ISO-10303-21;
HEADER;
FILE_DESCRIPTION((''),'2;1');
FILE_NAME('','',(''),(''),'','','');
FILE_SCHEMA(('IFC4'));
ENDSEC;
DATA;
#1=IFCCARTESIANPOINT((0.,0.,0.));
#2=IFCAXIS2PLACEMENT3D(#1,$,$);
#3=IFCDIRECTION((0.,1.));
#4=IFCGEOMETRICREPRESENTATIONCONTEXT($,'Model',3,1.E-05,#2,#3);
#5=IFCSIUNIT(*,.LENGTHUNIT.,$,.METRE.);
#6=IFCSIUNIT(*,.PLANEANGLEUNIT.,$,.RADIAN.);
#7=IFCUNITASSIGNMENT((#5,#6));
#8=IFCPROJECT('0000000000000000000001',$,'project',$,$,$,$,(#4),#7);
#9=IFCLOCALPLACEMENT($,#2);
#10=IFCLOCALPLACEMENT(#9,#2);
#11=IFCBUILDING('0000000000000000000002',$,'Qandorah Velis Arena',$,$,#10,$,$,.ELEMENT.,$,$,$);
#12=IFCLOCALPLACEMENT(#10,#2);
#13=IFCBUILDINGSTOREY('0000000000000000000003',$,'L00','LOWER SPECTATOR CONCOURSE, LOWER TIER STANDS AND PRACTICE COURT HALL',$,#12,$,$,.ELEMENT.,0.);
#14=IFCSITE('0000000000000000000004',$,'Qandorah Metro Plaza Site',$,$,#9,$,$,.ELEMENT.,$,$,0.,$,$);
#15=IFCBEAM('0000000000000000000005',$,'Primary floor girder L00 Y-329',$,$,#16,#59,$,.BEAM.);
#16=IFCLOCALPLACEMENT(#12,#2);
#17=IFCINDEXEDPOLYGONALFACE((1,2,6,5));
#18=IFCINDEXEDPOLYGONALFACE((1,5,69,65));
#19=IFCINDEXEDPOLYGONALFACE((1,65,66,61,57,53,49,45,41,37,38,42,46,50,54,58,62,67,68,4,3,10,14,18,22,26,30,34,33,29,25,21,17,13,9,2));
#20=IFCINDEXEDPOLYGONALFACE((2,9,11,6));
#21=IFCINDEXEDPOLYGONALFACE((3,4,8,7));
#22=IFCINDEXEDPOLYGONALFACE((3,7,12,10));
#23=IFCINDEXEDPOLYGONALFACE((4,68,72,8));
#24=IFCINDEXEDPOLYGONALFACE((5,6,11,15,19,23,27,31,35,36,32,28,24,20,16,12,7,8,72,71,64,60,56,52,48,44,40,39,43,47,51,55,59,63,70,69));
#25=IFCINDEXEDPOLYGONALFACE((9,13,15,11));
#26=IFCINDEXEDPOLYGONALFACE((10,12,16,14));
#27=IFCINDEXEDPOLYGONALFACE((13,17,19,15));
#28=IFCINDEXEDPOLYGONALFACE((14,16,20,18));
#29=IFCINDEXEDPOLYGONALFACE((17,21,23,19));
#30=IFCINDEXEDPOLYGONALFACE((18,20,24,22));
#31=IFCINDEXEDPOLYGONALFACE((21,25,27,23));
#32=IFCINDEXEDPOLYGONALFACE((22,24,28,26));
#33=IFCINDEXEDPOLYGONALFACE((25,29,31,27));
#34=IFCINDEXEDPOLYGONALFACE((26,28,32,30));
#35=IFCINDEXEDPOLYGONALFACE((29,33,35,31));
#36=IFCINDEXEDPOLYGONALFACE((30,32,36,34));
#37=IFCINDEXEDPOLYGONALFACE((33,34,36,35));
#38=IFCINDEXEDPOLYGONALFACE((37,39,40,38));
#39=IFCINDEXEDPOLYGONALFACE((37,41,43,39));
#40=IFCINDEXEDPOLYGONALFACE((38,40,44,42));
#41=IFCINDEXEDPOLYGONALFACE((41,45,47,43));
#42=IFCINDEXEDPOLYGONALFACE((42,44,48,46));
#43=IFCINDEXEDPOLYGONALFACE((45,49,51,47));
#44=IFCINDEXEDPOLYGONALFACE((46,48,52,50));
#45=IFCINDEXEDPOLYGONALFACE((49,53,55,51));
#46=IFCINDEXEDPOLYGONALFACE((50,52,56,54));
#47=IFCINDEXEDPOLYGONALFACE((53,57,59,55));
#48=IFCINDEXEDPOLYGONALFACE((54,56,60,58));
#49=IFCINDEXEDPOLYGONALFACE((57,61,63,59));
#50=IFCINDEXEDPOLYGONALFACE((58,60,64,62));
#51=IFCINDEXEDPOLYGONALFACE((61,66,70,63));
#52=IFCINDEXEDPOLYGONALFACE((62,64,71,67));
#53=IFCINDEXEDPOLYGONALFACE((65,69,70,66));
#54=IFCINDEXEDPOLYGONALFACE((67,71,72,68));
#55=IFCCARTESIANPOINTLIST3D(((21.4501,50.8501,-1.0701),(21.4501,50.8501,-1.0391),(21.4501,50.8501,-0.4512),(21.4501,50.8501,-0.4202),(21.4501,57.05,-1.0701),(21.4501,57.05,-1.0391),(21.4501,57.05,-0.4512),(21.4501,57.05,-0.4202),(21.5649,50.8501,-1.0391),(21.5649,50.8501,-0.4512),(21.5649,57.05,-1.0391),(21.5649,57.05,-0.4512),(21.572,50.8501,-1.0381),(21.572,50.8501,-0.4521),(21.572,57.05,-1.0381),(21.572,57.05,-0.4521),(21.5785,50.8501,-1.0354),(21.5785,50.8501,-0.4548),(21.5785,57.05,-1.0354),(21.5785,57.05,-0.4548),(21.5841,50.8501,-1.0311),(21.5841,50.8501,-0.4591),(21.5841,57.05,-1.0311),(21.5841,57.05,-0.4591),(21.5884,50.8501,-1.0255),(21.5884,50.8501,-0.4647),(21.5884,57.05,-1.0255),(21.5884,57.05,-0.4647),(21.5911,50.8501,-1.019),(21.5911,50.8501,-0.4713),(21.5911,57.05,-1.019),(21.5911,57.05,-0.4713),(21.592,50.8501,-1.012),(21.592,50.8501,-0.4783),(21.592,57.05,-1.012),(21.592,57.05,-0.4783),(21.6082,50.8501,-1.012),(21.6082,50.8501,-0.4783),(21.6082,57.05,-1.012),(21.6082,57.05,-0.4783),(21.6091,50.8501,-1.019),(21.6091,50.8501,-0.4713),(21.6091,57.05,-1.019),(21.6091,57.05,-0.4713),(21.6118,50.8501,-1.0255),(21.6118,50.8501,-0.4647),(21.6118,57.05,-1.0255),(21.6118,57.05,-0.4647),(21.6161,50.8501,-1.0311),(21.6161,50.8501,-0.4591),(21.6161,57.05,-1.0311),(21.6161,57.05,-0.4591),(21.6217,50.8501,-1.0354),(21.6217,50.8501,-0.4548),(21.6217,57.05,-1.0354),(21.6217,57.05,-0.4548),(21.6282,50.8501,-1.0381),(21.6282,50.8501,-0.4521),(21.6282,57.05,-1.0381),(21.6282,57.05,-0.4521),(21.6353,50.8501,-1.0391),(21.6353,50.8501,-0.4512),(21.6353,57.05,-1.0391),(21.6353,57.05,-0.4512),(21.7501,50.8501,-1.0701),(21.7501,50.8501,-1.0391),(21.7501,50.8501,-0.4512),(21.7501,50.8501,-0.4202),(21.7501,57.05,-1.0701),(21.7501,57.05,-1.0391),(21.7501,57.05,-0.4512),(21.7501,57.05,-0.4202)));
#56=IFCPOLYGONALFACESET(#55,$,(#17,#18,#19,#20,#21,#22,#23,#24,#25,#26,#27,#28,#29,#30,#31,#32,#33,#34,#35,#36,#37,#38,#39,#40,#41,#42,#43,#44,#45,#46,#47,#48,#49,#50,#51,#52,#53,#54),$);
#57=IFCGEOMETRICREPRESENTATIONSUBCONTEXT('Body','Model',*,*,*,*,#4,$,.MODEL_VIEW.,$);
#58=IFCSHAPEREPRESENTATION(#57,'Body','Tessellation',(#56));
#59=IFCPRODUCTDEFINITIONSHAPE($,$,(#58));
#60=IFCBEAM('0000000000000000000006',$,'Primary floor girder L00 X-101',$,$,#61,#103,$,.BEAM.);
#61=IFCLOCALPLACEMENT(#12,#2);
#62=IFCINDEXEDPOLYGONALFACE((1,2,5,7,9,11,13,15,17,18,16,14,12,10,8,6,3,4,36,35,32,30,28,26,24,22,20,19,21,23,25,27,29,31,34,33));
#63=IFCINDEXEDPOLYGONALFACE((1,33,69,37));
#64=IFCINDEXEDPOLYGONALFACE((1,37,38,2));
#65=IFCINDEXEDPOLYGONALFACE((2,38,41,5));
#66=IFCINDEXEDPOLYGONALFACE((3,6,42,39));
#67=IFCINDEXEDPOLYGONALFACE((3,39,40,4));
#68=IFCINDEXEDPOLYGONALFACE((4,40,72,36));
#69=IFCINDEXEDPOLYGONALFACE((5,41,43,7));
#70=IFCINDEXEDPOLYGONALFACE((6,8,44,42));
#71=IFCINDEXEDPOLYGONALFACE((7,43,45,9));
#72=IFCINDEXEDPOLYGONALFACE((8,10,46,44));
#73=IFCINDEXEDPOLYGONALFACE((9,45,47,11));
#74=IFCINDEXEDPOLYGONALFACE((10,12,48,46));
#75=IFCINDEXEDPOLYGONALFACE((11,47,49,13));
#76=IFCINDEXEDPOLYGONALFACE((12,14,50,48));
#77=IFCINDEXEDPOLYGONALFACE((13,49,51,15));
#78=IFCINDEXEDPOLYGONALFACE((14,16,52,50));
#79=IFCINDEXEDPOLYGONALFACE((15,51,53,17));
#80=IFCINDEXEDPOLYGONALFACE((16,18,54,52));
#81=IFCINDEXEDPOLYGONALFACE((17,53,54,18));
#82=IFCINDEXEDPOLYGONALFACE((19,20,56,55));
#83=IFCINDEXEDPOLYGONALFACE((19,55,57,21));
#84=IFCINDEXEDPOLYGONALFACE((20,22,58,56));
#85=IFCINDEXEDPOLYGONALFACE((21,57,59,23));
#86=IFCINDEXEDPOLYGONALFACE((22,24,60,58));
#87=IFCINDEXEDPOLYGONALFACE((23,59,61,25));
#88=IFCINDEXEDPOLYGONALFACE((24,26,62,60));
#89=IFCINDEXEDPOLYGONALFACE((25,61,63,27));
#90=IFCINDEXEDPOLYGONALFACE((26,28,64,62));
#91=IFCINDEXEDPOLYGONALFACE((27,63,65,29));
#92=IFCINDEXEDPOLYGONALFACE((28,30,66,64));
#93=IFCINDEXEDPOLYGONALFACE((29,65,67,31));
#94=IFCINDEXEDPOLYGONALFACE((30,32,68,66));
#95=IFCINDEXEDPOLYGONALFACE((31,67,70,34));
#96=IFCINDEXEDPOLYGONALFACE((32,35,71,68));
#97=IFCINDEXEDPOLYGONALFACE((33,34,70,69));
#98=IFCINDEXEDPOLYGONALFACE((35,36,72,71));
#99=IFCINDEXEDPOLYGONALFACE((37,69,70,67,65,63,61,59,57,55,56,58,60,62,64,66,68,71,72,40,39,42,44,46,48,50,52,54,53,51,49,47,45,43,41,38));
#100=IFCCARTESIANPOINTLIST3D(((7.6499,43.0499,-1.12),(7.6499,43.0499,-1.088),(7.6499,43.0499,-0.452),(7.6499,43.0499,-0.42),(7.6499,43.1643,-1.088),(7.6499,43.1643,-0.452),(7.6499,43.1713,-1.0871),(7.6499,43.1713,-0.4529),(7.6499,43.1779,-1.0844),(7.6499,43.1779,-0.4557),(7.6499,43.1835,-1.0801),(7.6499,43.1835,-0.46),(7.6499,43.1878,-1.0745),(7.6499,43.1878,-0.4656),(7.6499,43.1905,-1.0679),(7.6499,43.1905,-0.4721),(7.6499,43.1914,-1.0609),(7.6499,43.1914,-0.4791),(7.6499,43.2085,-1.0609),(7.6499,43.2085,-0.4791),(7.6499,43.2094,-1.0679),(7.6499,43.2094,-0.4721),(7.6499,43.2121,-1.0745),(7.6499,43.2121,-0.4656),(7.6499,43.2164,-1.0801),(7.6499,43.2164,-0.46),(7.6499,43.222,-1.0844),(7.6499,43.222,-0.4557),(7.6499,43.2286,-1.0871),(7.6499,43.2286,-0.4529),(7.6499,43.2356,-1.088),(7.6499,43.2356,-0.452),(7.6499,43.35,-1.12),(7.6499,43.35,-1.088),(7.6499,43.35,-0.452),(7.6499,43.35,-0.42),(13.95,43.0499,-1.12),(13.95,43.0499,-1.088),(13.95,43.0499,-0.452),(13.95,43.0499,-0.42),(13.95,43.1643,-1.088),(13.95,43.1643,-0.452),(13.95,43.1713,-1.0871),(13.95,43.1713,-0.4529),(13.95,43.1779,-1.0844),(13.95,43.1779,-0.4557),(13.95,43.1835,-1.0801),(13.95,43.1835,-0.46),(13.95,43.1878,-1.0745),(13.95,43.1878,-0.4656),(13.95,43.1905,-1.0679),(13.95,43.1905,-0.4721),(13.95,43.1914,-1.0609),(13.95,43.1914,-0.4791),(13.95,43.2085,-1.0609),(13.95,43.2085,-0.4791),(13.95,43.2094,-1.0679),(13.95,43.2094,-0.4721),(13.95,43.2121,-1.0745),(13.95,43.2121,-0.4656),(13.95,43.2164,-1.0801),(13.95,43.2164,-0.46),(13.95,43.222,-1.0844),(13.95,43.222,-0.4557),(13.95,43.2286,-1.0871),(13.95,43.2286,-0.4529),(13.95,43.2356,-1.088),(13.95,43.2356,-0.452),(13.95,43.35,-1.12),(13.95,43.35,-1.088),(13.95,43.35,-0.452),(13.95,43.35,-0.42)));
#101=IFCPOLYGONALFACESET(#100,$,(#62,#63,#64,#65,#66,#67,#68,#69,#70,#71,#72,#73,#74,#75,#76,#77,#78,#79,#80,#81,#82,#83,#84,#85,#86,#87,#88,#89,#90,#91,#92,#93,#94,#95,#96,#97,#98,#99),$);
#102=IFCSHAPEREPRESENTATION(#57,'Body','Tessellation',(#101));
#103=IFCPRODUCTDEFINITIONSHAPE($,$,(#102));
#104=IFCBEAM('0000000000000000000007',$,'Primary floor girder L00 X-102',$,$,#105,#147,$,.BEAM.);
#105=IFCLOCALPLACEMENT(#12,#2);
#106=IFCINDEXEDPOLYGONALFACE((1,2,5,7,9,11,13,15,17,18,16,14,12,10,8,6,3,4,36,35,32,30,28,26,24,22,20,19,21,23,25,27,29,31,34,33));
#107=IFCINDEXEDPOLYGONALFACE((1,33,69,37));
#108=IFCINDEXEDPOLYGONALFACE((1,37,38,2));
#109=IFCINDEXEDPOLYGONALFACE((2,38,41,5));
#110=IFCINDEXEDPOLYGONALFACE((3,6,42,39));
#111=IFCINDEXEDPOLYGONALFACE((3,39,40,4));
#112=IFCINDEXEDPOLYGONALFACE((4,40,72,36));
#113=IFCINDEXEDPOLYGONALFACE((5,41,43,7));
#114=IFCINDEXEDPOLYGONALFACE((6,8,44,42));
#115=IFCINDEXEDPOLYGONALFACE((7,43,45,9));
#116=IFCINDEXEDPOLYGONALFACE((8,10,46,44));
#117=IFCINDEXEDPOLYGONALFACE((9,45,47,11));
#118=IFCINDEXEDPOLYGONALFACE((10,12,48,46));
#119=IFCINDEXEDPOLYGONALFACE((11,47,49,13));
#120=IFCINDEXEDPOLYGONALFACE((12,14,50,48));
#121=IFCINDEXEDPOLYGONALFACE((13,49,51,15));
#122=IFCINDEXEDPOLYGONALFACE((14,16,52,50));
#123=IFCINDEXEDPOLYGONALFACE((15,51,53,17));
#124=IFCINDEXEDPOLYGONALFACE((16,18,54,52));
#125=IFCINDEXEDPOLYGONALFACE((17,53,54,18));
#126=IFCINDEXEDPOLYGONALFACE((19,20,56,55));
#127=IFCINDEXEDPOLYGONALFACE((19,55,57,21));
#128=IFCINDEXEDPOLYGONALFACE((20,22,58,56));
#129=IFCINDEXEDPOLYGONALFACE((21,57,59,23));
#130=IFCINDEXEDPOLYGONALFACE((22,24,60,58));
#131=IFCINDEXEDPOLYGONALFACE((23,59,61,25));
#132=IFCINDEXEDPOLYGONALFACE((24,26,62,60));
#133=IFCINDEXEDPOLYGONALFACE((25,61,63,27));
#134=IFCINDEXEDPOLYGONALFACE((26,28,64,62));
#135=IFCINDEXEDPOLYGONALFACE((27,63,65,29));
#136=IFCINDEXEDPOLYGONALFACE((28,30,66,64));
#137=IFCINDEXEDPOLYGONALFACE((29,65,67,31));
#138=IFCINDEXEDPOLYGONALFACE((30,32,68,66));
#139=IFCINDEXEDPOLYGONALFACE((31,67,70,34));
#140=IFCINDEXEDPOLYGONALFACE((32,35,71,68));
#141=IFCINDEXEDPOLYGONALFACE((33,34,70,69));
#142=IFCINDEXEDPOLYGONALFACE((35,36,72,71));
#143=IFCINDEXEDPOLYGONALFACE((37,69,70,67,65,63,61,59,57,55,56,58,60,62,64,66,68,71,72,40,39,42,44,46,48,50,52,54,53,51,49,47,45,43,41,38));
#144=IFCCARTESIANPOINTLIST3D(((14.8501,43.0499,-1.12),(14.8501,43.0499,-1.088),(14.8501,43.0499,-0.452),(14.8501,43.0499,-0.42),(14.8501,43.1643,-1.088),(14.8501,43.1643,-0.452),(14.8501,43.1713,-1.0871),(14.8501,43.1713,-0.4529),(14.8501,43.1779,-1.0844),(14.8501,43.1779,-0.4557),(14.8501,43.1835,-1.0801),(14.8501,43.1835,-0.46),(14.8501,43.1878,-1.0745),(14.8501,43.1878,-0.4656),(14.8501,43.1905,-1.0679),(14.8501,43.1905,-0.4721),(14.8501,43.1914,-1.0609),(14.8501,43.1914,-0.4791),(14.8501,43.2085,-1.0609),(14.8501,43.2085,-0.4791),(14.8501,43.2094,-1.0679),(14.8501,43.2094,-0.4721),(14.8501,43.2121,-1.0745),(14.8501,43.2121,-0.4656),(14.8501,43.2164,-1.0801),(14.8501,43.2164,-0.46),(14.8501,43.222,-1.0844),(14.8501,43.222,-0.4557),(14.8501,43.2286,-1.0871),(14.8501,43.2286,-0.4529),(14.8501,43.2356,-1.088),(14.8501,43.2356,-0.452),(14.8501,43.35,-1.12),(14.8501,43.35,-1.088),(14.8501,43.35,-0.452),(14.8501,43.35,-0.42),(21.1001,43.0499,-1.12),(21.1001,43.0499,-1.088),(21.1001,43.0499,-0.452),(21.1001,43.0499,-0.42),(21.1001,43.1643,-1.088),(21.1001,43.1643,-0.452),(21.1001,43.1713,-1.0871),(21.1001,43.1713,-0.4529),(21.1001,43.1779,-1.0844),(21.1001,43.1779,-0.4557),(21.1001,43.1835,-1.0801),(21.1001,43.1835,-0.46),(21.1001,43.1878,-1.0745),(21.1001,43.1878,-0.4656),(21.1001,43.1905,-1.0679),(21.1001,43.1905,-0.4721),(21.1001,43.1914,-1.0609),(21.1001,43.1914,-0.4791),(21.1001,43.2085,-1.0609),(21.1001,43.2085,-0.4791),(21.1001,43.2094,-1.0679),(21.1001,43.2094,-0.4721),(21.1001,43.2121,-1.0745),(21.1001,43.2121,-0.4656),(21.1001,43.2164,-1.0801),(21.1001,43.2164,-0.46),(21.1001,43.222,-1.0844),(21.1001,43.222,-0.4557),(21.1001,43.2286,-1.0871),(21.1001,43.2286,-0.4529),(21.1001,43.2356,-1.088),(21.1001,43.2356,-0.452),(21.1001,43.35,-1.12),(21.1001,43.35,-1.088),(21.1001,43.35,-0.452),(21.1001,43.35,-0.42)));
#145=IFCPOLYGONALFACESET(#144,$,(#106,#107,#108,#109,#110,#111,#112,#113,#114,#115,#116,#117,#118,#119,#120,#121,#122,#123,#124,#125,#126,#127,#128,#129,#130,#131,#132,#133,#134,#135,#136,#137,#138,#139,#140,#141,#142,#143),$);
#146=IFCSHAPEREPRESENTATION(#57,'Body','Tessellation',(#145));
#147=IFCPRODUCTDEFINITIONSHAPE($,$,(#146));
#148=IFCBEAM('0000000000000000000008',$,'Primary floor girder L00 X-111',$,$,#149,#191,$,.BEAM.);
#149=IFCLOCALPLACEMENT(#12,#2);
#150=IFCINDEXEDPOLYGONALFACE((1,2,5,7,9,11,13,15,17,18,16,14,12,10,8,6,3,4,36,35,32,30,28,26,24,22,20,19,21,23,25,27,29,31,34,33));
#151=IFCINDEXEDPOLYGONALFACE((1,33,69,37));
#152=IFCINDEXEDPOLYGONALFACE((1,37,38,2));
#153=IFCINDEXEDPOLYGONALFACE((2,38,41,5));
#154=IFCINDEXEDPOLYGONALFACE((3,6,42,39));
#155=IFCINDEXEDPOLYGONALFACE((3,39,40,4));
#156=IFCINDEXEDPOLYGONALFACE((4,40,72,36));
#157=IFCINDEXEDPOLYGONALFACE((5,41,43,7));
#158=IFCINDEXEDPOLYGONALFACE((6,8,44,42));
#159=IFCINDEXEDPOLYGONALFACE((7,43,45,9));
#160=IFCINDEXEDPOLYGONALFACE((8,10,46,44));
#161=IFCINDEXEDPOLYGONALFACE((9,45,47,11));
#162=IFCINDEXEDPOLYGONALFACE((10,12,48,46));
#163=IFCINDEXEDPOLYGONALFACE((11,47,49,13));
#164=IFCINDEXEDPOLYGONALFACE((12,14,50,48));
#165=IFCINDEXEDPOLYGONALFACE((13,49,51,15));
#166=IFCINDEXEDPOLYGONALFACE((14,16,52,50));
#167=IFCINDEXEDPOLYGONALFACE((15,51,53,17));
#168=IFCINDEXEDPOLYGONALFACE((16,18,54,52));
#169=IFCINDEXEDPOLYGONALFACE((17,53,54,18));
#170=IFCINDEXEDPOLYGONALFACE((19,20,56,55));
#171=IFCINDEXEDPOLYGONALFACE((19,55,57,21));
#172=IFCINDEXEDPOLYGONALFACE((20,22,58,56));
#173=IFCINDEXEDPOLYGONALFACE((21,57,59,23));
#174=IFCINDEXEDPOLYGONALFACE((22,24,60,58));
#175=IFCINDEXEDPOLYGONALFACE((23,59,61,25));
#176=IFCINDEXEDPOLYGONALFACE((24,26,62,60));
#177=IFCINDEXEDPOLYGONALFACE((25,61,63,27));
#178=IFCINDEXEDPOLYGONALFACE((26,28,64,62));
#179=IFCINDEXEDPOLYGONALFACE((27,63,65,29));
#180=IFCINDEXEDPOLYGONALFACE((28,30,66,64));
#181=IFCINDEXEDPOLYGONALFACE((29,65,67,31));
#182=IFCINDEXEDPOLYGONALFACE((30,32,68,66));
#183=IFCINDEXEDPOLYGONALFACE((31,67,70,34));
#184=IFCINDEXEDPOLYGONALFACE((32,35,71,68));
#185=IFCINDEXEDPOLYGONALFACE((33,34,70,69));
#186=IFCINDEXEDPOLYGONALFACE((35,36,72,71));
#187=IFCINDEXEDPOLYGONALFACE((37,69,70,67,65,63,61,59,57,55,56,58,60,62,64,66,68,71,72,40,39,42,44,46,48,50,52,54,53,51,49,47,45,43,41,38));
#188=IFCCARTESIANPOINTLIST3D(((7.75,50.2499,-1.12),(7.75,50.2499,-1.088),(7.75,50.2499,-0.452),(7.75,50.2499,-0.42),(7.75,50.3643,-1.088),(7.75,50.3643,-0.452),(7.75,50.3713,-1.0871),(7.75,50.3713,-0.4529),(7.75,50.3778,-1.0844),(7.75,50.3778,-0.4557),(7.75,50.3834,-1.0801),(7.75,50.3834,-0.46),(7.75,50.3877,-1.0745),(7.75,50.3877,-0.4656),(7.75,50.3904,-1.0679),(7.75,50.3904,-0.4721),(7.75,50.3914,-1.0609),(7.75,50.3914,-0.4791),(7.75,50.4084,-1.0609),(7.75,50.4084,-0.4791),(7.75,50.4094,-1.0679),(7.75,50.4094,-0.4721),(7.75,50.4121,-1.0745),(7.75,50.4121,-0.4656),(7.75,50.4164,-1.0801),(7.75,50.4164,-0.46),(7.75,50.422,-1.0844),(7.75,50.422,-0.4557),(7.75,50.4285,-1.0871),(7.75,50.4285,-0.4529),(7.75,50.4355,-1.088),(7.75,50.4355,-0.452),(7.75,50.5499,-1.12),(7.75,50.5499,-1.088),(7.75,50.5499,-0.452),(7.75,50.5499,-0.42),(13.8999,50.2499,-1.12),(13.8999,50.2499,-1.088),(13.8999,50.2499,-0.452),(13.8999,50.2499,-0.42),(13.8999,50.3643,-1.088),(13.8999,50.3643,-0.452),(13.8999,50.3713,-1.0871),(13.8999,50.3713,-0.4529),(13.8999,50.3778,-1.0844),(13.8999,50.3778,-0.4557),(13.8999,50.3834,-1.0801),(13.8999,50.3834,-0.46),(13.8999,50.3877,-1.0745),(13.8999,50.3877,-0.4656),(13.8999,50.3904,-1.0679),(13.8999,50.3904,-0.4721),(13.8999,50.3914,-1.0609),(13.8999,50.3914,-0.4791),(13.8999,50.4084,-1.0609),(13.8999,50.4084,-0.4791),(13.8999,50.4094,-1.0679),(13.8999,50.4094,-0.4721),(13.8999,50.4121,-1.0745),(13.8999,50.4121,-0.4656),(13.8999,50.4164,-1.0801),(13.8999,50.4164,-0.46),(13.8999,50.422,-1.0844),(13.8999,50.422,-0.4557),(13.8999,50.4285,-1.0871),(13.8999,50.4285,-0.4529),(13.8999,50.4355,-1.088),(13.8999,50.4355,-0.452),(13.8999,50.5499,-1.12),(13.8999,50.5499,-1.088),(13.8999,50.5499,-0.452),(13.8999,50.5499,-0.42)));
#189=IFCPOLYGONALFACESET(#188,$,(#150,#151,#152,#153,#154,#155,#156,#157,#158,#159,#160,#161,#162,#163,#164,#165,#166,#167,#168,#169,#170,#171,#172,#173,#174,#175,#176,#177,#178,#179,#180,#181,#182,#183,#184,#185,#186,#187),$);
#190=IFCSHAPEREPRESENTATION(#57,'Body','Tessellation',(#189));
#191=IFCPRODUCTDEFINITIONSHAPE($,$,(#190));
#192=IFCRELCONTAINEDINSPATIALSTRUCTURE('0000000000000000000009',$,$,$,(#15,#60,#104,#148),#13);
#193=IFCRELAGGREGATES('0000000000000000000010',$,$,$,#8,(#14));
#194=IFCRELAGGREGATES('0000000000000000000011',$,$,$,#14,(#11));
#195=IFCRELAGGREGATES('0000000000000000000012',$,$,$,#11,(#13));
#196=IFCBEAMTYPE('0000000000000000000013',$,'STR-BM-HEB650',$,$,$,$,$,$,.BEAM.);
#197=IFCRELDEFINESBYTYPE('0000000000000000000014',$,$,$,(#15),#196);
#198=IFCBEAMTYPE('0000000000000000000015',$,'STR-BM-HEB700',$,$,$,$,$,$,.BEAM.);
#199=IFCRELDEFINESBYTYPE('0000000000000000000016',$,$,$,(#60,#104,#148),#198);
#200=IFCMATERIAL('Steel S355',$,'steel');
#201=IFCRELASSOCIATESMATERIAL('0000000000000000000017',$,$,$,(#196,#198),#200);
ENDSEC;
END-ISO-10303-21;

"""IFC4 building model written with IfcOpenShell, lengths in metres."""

from ifc_helpers import new_model, si_unit, direction, frame, origin, origin_2d, place, context, subcontext, project, spatial, i_section, extrude, material, material_profile, profile_set, type_object, element, save


model = new_model("IFC4")

# Units and contexts
model_context = context("Model", 3, precision=1e-05, world=origin(), true_north=direction((0.0, 1.0)))
body_context = subcontext(model_context, "Body", "Model", "MODEL_VIEW")
ifc_project = project(units=[si_unit("LENGTHUNIT", "METRE"), si_unit("PLANEANGLEUNIT", "RADIAN")], contexts=[model_context])

# Site, building, storey
site_placement = place(None, origin())
site = spatial("IfcSite", under=ifc_project, at=site_placement, Name="Qandorah Metro Plaza Site", CompositionType="ELEMENT", RefElevation=0.0)
building_placement = place(site_placement, origin())
building = spatial("IfcBuilding", under=site, at=building_placement, Name="Qandorah Velis Arena", CompositionType="ELEMENT")
storey_placement = place(building_placement, origin())
storey = spatial("IfcBuildingStorey", under=building, at=storey_placement, Name="L00", Description="LOWER SPECTATOR CONCOURSE, LOWER TIER STANDS AND PRACTICE COURT HALL", CompositionType="ELEMENT", Elevation=0.0)

# Beams
ifc_material_1 = material(Name="Steel S355", Category="steel")
ifc_material_profile_1 = material_profile(ifc_material_1, i_section(OverallWidth=0.3, OverallDepth=0.6499, WebThickness=0.0161, FlangeThickness=0.031, FilletRadius=0.0271, at=origin_2d()), Name="HEB 650")
ifc_profile_set_1 = profile_set([ifc_material_profile_1], Name="Steel S355")
beam_type_1 = type_object("IfcBeamType", Name="STR-BM-HEB650", PredefinedType="BEAM", material=ifc_profile_set_1)
beam_1_placement = place(storey_placement, frame((21.6001, 50.8501, -0.7451), z_axis=(0.0, 1.0, 0.0), x_axis=(-1.0, 0.0, 0.0)))
element("IfcBeam", 1, at=beam_1_placement, inside=storey, type_object=beam_type_1, Name="Primary floor girder L00 Y-329", PredefinedType="BEAM", context=body_context, shape_type="SweptSolid", body=[
    extrude(i_section(OverallWidth=0.3, OverallDepth=0.6499, WebThickness=0.0161, FlangeThickness=0.031, FilletRadius=0.0271, at=origin_2d()), origin(), (0.0, 0.0, 1.0), 6.2),
])
ifc_material_profile_2 = material_profile(ifc_material_1, i_section(OverallWidth=0.3, OverallDepth=0.7, WebThickness=0.0171, FlangeThickness=0.032, FilletRadius=0.0271, at=origin_2d()), Name="HEB 700")
ifc_profile_set_2 = profile_set([ifc_material_profile_2], Name="Steel S355")
beam_type_2 = type_object("IfcBeamType", Name="STR-BM-HEB700", PredefinedType="BEAM", material=ifc_profile_set_2)
beam_2_placement = place(storey_placement, frame((7.6499, 43.2, -0.77), z_axis=(1.0, 0.0, 0.0), x_axis=(0.0, 1.0, 0.0)))
element("IfcBeam", 2, at=beam_2_placement, inside=storey, type_object=beam_type_2, Name="Primary floor girder L00 X-101", PredefinedType="BEAM", context=body_context, shape_type="SweptSolid", body=[
    extrude(i_section(OverallWidth=0.3, OverallDepth=0.7, WebThickness=0.0171, FlangeThickness=0.032, FilletRadius=0.0271, at=origin_2d()), origin(), (0.0, 0.0, 1.0), 6.3),
])
beam_3_placement = place(storey_placement, frame((14.8501, 43.2, -0.77), z_axis=(1.0, 0.0, 0.0), x_axis=(0.0, 1.0, 0.0)))
element("IfcBeam", 3, at=beam_3_placement, inside=storey, type_object=beam_type_2, Name="Primary floor girder L00 X-102", PredefinedType="BEAM", context=body_context, shape_type="SweptSolid", body=[
    extrude(i_section(OverallWidth=0.3, OverallDepth=0.7, WebThickness=0.0171, FlangeThickness=0.032, FilletRadius=0.0271, at=origin_2d()), origin(), (0.0, 0.0, 1.0), 6.25),
])
beam_4_placement = place(storey_placement, frame((7.75, 50.3999, -0.77), z_axis=(1.0, 0.0, 0.0), x_axis=(0.0, 1.0, 0.0)))
element("IfcBeam", 4, at=beam_4_placement, inside=storey, type_object=beam_type_2, Name="Primary floor girder L00 X-111", PredefinedType="BEAM", context=body_context, shape_type="SweptSolid", body=[
    extrude(i_section(OverallWidth=0.3, OverallDepth=0.7, WebThickness=0.0171, FlangeThickness=0.032, FilletRadius=0.0271, at=origin_2d()), origin(), (0.0, 0.0, 1.0), 6.1499),
])

save(model, "model.ifc")
